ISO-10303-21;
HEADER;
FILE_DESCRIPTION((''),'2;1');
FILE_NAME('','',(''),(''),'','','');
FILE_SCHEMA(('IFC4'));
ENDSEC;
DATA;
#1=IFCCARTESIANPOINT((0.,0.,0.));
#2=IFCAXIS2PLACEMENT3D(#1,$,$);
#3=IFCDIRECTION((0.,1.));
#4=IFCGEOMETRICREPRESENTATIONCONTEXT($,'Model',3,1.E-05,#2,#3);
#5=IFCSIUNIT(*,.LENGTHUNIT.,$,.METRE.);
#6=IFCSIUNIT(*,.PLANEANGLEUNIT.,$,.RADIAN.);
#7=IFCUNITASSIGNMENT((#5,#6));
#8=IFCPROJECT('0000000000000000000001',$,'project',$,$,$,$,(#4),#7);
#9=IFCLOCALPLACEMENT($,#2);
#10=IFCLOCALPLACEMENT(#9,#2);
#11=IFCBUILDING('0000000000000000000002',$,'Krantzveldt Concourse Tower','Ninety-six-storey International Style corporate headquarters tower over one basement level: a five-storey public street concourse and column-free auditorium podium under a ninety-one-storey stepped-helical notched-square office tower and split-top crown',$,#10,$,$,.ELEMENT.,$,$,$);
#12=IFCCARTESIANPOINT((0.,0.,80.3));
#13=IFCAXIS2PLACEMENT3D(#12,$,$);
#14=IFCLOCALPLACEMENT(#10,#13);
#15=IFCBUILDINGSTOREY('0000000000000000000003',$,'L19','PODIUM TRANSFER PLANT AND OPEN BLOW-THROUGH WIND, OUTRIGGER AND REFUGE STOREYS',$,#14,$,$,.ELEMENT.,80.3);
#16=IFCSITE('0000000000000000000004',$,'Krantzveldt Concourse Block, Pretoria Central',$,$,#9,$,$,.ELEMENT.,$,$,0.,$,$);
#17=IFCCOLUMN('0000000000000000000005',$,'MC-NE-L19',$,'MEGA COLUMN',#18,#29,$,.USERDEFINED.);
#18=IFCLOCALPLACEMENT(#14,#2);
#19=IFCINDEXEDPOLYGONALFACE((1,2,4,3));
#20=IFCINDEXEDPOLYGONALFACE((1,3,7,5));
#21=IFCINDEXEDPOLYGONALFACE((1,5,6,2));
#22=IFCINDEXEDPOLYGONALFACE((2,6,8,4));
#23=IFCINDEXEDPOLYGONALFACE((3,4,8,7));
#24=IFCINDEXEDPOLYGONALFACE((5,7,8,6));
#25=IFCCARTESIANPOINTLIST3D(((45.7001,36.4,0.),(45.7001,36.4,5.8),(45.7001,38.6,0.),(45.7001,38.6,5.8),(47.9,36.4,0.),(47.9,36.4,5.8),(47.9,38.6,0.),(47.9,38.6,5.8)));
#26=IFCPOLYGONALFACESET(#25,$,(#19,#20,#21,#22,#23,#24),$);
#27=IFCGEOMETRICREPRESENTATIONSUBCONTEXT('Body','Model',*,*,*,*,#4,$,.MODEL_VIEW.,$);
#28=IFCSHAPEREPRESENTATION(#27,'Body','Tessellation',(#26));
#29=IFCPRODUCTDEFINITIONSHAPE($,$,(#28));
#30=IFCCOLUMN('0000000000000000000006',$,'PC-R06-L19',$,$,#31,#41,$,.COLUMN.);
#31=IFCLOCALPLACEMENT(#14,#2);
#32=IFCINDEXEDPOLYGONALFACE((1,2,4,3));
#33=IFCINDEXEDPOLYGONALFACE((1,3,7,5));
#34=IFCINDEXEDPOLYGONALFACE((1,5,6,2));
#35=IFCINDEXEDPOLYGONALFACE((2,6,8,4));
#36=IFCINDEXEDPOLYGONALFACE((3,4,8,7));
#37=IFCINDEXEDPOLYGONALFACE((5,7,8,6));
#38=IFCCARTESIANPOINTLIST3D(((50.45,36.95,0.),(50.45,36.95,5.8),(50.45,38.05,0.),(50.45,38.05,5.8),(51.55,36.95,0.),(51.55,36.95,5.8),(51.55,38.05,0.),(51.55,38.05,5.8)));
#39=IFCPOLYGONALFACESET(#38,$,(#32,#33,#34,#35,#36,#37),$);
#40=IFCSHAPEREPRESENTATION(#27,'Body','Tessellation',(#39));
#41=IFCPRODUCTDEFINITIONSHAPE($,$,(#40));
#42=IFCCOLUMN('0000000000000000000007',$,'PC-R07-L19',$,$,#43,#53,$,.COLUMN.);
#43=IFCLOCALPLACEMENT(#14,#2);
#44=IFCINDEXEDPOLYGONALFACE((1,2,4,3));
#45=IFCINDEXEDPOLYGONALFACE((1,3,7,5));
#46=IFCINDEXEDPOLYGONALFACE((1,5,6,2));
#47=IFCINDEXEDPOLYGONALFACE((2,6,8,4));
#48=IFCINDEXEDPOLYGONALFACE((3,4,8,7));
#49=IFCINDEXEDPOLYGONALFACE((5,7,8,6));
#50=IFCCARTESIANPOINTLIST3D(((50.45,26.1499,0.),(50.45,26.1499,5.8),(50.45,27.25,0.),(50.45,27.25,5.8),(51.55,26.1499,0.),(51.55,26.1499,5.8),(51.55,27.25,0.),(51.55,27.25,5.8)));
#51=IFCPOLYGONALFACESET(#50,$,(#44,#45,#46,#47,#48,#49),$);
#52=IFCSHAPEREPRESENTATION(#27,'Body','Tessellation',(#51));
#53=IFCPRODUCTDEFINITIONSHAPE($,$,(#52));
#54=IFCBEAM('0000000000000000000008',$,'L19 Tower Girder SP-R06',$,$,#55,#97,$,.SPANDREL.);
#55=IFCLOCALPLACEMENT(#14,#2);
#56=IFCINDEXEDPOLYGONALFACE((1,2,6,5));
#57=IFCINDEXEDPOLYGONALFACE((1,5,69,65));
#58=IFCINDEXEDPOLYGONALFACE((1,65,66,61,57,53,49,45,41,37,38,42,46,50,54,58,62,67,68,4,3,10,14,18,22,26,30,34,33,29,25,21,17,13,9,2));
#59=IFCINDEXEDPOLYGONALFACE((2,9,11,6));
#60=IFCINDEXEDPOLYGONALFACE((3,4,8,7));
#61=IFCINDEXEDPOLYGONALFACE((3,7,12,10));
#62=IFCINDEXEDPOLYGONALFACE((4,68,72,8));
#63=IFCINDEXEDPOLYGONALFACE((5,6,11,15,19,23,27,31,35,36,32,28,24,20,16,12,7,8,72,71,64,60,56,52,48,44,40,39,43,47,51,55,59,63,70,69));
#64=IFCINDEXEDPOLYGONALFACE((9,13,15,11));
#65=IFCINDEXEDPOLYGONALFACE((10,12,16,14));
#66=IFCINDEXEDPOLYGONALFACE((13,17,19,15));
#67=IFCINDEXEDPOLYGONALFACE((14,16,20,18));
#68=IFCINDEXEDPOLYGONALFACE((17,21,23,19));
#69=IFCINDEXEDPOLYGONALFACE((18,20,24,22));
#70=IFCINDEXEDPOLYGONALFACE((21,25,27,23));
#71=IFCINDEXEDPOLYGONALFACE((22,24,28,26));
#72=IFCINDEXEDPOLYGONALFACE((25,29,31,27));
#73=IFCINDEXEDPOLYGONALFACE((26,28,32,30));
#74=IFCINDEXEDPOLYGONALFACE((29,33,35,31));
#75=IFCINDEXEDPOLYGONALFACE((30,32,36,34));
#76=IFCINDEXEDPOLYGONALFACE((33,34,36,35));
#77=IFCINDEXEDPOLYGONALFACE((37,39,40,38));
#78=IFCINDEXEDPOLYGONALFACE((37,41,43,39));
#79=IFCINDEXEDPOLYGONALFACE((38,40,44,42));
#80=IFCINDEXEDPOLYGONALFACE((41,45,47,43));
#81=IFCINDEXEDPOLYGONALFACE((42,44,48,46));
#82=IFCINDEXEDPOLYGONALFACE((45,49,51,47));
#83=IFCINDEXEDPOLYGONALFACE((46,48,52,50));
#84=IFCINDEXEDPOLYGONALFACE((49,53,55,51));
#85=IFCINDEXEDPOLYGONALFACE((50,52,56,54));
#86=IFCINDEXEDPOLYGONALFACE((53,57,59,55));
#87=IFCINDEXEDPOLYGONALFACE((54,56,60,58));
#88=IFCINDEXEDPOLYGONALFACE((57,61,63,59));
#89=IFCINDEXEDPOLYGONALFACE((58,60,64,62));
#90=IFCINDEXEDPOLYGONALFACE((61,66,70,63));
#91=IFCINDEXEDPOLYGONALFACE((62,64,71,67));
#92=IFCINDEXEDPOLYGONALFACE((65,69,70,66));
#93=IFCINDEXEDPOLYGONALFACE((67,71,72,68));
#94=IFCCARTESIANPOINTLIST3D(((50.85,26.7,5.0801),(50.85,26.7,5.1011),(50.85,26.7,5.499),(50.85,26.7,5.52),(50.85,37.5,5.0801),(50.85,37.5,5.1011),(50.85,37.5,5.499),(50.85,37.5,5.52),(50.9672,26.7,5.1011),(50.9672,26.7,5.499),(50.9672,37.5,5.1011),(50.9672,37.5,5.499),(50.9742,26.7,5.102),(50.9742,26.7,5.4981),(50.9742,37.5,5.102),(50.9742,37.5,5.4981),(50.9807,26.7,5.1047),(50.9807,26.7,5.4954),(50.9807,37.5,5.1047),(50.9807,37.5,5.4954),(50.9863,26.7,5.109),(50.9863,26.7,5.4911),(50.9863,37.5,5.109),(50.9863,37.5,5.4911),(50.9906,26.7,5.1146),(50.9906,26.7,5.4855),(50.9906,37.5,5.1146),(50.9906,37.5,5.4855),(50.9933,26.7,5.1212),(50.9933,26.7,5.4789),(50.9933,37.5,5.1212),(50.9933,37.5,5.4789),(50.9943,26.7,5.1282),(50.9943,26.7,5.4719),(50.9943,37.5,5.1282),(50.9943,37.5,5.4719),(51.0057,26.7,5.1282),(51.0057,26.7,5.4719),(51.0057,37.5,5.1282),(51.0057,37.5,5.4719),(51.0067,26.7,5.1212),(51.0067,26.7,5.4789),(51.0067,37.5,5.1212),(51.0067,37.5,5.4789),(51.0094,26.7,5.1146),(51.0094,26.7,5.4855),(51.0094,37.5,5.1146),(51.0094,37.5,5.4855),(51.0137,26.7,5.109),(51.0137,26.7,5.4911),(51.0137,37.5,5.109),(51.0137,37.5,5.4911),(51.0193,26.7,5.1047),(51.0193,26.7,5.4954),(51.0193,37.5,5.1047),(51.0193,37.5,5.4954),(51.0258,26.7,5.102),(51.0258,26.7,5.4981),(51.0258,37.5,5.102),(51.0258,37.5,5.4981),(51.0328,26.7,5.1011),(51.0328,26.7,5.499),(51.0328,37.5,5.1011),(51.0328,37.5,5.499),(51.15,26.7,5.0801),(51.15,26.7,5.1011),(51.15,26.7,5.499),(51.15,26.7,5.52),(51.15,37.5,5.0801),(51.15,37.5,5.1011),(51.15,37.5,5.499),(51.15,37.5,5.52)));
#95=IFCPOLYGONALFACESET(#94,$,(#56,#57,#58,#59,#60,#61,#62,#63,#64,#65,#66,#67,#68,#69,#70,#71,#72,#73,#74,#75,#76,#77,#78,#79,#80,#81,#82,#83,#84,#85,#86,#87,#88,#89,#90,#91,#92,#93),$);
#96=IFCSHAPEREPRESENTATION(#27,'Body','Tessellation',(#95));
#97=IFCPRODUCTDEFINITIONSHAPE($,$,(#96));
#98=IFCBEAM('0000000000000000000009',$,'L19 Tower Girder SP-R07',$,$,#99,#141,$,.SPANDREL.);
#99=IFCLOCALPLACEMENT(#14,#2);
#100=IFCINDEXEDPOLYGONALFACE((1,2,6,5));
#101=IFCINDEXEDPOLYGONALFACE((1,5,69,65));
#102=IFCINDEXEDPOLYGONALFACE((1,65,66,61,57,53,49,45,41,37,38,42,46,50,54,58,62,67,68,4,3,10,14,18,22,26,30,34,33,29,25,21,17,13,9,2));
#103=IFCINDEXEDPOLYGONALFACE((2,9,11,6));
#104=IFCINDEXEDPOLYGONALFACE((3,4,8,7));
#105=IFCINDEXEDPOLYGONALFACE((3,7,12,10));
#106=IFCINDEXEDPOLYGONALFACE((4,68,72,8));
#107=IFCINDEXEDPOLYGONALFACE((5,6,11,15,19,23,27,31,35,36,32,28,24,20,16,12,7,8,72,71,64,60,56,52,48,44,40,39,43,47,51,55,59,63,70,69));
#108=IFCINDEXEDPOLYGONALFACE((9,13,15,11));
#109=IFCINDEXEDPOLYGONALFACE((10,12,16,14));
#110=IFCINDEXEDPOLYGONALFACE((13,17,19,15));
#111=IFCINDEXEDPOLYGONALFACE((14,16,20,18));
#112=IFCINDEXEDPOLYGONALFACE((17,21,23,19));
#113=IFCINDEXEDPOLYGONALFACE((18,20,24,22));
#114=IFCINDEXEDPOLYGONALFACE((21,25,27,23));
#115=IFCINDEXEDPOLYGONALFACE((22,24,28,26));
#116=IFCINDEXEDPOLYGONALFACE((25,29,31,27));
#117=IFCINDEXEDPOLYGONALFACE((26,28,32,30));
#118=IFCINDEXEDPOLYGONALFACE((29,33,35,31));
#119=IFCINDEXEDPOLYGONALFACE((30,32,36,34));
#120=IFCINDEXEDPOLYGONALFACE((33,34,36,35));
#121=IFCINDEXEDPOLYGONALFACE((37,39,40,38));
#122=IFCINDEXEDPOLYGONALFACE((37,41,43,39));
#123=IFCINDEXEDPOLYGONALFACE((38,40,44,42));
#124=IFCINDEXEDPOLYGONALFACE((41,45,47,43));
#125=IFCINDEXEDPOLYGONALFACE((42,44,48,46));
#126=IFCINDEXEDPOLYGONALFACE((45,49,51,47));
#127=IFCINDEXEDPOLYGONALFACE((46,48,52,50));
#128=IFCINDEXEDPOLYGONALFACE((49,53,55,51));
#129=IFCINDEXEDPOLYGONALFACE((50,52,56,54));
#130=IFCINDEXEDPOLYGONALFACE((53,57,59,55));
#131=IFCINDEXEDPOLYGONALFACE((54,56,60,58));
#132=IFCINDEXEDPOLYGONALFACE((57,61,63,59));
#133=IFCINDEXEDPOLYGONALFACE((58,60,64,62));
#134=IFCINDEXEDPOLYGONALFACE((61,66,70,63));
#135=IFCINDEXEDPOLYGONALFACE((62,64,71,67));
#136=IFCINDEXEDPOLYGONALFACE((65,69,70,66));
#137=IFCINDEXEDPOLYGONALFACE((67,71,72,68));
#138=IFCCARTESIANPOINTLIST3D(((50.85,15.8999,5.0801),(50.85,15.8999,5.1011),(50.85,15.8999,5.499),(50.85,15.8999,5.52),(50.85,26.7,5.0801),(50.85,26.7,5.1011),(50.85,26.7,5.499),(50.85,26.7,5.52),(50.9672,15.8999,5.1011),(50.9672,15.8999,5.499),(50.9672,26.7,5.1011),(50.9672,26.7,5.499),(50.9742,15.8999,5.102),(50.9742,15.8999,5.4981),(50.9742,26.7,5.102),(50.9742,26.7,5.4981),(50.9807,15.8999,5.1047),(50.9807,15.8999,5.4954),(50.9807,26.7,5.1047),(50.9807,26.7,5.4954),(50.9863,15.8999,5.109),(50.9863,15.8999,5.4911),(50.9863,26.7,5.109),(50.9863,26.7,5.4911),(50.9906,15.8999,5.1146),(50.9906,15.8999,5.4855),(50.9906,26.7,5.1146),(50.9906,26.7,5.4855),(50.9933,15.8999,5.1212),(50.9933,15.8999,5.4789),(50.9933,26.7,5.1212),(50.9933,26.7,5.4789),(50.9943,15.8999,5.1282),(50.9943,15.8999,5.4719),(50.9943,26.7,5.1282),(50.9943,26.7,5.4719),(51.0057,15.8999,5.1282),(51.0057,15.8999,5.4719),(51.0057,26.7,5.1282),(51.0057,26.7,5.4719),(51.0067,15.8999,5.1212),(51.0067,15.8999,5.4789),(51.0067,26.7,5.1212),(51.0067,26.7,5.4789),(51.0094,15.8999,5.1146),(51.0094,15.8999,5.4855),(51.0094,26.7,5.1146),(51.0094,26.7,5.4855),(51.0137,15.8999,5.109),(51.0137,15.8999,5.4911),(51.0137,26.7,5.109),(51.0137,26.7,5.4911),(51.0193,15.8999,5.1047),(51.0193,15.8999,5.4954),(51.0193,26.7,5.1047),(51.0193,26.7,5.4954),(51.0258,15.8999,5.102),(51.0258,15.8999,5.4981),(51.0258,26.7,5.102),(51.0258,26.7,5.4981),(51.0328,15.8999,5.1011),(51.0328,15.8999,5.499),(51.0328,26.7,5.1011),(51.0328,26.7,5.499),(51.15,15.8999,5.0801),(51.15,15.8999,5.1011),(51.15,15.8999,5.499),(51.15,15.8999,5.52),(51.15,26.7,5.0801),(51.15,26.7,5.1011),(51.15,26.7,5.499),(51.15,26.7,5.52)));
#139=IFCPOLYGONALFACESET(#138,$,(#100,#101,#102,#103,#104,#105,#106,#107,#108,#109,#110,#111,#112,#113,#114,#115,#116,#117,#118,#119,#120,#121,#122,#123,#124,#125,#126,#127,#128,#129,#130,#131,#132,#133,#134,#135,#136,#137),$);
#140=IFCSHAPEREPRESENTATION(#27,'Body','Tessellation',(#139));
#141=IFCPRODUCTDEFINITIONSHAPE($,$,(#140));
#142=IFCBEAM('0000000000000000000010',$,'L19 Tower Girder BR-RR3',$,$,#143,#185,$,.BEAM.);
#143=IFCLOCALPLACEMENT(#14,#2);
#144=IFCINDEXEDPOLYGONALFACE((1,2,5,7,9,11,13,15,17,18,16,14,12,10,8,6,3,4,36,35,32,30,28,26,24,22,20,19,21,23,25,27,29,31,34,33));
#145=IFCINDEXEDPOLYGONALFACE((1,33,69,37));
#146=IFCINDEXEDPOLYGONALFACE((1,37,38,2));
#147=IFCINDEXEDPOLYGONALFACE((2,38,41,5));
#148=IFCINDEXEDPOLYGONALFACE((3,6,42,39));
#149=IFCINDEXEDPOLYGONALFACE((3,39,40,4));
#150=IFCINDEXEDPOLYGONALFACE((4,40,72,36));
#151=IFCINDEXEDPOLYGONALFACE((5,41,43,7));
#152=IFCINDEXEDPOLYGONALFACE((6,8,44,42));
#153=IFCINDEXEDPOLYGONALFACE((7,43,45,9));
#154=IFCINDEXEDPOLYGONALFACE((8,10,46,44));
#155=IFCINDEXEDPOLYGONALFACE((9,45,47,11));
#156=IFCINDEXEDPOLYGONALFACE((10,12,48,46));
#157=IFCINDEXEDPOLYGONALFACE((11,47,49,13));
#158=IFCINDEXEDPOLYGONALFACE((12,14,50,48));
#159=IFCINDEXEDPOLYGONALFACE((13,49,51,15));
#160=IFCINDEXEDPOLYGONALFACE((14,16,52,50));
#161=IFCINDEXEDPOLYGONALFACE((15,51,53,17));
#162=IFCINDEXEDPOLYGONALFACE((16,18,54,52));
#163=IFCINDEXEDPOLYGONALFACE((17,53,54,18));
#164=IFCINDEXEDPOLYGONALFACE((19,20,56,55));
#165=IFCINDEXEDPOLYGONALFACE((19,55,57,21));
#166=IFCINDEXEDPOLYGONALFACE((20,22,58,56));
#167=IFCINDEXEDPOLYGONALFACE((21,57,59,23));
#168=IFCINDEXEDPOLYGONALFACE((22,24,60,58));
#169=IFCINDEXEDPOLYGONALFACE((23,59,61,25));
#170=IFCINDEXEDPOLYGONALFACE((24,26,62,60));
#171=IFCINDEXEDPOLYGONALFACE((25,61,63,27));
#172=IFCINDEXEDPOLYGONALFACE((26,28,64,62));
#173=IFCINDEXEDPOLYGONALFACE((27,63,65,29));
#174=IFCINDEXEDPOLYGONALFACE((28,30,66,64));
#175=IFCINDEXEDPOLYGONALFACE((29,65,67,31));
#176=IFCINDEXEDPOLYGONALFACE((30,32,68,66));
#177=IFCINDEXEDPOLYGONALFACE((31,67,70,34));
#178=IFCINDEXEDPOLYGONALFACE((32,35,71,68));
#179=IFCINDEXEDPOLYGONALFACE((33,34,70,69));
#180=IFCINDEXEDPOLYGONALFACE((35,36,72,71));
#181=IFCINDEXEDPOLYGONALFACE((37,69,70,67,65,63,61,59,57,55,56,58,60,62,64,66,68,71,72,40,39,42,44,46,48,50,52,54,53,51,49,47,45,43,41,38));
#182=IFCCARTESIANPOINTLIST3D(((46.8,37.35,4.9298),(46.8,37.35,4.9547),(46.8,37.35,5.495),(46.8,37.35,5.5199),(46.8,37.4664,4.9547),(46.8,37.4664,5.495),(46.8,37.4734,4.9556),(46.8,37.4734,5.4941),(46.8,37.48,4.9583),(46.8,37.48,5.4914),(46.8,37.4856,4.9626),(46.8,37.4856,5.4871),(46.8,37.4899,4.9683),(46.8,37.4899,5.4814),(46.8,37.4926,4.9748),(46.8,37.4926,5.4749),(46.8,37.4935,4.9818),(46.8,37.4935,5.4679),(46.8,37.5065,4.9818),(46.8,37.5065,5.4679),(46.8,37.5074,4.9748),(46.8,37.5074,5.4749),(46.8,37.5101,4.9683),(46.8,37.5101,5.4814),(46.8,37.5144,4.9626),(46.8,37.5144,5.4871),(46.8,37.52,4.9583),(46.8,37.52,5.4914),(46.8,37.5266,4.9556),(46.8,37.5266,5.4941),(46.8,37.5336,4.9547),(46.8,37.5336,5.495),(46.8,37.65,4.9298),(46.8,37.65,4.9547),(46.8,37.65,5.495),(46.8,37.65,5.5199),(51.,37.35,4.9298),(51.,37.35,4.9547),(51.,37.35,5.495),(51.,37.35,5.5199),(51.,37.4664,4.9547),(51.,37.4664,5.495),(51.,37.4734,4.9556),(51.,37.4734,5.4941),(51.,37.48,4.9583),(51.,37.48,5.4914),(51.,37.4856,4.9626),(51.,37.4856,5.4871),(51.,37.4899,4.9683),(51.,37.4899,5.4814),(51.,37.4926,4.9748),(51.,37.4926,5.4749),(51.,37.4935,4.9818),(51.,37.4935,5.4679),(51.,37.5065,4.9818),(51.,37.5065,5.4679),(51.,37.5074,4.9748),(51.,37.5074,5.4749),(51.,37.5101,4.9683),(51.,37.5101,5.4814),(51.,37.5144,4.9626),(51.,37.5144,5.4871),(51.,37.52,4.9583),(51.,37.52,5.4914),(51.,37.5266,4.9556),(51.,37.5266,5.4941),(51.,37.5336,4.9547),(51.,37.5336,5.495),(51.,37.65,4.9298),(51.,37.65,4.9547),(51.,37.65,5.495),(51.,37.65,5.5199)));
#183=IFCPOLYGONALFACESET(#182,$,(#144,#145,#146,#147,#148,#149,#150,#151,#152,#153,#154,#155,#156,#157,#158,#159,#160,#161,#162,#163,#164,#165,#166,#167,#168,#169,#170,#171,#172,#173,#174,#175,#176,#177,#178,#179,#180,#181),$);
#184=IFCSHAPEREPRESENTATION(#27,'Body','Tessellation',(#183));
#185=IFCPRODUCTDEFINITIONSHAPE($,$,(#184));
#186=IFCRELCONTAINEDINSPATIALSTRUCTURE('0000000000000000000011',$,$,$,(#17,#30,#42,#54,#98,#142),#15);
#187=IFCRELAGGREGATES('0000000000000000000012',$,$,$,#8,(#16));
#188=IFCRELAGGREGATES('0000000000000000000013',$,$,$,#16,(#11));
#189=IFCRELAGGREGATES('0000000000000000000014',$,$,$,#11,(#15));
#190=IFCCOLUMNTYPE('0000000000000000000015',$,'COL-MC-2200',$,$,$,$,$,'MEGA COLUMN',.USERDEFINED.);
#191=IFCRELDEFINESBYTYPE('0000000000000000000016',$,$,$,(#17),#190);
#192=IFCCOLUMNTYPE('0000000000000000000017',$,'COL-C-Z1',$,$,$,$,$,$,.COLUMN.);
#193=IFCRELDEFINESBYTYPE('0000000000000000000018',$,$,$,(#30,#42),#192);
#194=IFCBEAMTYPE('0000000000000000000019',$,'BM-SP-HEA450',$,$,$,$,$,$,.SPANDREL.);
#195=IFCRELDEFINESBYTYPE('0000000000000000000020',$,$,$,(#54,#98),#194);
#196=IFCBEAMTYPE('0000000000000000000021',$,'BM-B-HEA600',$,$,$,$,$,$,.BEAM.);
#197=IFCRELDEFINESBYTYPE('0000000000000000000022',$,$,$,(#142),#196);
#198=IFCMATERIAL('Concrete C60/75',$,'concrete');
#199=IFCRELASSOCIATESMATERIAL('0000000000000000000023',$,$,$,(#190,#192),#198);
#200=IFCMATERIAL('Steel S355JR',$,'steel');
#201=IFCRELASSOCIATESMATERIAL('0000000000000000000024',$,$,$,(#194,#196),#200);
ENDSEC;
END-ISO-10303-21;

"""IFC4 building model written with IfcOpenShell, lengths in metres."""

from ifc_helpers import new_model, si_unit, direction, frame, origin, origin_2d, place, context, subcontext, project, spatial, rectangle, i_section, extrude, source, transform, mapped, material, material_profile, profile_set, type_object, type_shapes, element, save


model = new_model("IFC4")

# Units and contexts
model_context = context("Model", 3, precision=1e-05, world=origin(), true_north=direction((0.0, 1.0)))
body_context = subcontext(model_context, "Body", "Model", "MODEL_VIEW")
ifc_project = project(units=[si_unit("LENGTHUNIT", "METRE"), si_unit("PLANEANGLEUNIT", "RADIAN")], contexts=[model_context])

# Site, building, storey
site_placement = place(None, origin())
site = spatial("IfcSite", under=ifc_project, at=site_placement, Name="Krantzveldt Concourse Block, Pretoria Central", CompositionType="ELEMENT", RefElevation=0.0)
building_placement = place(site_placement, origin())
building = spatial("IfcBuilding", under=site, at=building_placement, Name="Krantzveldt Concourse Tower", Description="Ninety-six-storey International Style corporate headquarters tower over one basement level: a five-storey public street concourse and column-free auditorium podium under a ninety-one-storey stepped-helical notched-square office tower and split-top crown", CompositionType="ELEMENT")
storey_placement = place(building_placement, frame((0.0, 0.0, 80.3)))
storey = spatial("IfcBuildingStorey", under=building, at=storey_placement, Name="L19", Description="PODIUM TRANSFER PLANT AND OPEN BLOW-THROUGH WIND, OUTRIGGER AND REFUGE STOREYS", CompositionType="ELEMENT", Elevation=80.3)

# Columns
ifc_material_1 = material(Name="Concrete C60/75", Category="concrete")
ifc_material_profile_1 = material_profile(ifc_material_1, rectangle(XDim=2.2, YDim=2.2, at=origin_2d()), Name="Concrete C60/75", Category="concrete")
ifc_profile_set_1 = profile_set([ifc_material_profile_1], Name="Concrete C60/75 - RC 2200x2200")
column_type_1 = type_object("IfcColumnType", Name="COL-MC-2200", ElementType="MEGA COLUMN", PredefinedType="USERDEFINED", material=ifc_profile_set_1)
shared_shape_1 = source(origin(), body_context, "Body", "SweptSolid", [
    extrude(rectangle(XDim=2.2, YDim=2.2, at=origin_2d()), origin(), (0.0, 0.0, 1.0), 5.8),
])
type_shapes(column_type_1, [shared_shape_1])
column_placement = place(storey_placement, frame((46.8, 37.5, 0.0), z_axis=(0.0, 0.0, 1.0), x_axis=(1.0, 0.0, 0.0)))
element("IfcColumn", 1, at=column_placement, inside=storey, type_object=column_type_1, Name="MC-NE-L19", ObjectType="MEGA COLUMN", PredefinedType="USERDEFINED", context=body_context, shape_type="MappedRepresentation", body=[
    mapped(shared_shape_1, transform((0.0, 0.0, 0.0), x_axis=(1.0, 0.0, 0.0), y_axis=(0.0, 1.0, 0.0), z_axis=(0.0, 0.0, 1.0), scale=1.0)),
])
ifc_material_profile_2 = material_profile(ifc_material_1, rectangle(XDim=1.1001, YDim=1.1001, at=origin_2d()), Name="Concrete C60/75", Category="concrete")
ifc_profile_set_2 = profile_set([ifc_material_profile_2], Name="Concrete C60/75 - RC 1100x1100")
column_type_2 = type_object("IfcColumnType", Name="COL-C-Z1", PredefinedType="COLUMN", material=ifc_profile_set_2)
shared_shape_2 = source(origin(), body_context, "Body", "SweptSolid", [
    extrude(rectangle(XDim=1.1001, YDim=1.1001, at=origin_2d()), origin(), (0.0, 0.0, 1.0), 5.8),
])
type_shapes(column_type_2, [shared_shape_2])
for number, where, z_axis, x_axis, name in (
    (2, (51.0, 37.5, 0.0), (0.0, 0.0, 1.0), (1.0, 0.0, 0.0), "PC-R06-L19"),
    (3, (51.0, 26.7, 0.0), (0.0, 0.0, 1.0), (1.0, 0.0, 0.0), "PC-R07-L19"),
):
    element("IfcColumn", number, at=place(storey_placement, frame(where, z_axis=z_axis, x_axis=x_axis)), inside=storey, type_object=column_type_2, Name=name, PredefinedType="COLUMN", context=body_context, shape_type="MappedRepresentation", body=[
        mapped(shared_shape_2, transform((0.0, 0.0, 0.0), x_axis=(1.0, 0.0, 0.0), y_axis=(0.0, 1.0, 0.0), z_axis=(0.0, 0.0, 1.0), scale=1.0)),
    ])

# Beams
ifc_material_2 = material(Name="Steel S355JR", Category="steel")
ifc_material_profile_3 = material_profile(ifc_material_2, i_section(OverallWidth=0.3, OverallDepth=0.4399, WebThickness=0.0115, FlangeThickness=0.021, FilletRadius=0.0271, at=origin_2d()), Name="Steel S355JR", Category="steel")
ifc_profile_set_3 = profile_set([ifc_material_profile_3], Name="Steel S355JR - HEA 450")
beam_type_1 = type_object("IfcBeamType", Name="BM-SP-HEA450", PredefinedType="SPANDREL", material=ifc_profile_set_3)
shared_shape_3 = source(origin(), body_context, "Body", "SweptSolid", [
    extrude(i_section(OverallWidth=0.3, OverallDepth=0.4399, WebThickness=0.0115, FlangeThickness=0.021, FilletRadius=0.0271, at=origin_2d()), origin(), (0.0, 0.0, 1.0), 10.8),
])
type_shapes(beam_type_1, [shared_shape_3])
for number, where, z_axis, x_axis, name in (
    (4, (51.0, 37.5, 5.3), (0.0, -1.0, 0.0), (1.0, 0.0, 0.0), "L19 Tower Girder SP-R06"),
    (5, (51.0, 26.7, 5.3), (0.0, -1.0, 0.0), (1.0, 0.0, 0.0), "L19 Tower Girder SP-R07"),
):
    element("IfcBeam", number, at=place(storey_placement, frame(where, z_axis=z_axis, x_axis=x_axis)), inside=storey, type_object=beam_type_1, Name=name, PredefinedType="SPANDREL", context=body_context, shape_type="MappedRepresentation", body=[
        mapped(shared_shape_3, transform((0.0, 0.0, 0.0), x_axis=(1.0, 0.0, 0.0), y_axis=(0.0, 1.0, 0.0), z_axis=(0.0, 0.0, 1.0), scale=1.0)),
    ])
ifc_material_profile_4 = material_profile(ifc_material_2, i_section(OverallWidth=0.3, OverallDepth=0.5901, WebThickness=0.0129, FlangeThickness=0.0249, FilletRadius=0.0271, at=origin_2d()), Name="Steel S355JR", Category="steel")
ifc_profile_set_4 = profile_set([ifc_material_profile_4], Name="Steel S355JR - HEA 600")
beam_type_2 = type_object("IfcBeamType", Name="BM-B-HEA600", PredefinedType="BEAM", material=ifc_profile_set_4)
shared_shape_4 = source(origin(), body_context, "Body", "SweptSolid", [
    extrude(i_section(OverallWidth=0.3, OverallDepth=0.5901, WebThickness=0.0129, FlangeThickness=0.0249, FilletRadius=0.0271, at=origin_2d()), origin(), (0.0, 0.0, 1.0), 4.2),
])
beam_1_placement = place(storey_placement, frame((46.8, 37.5, 5.2249), z_axis=(1.0, 0.0, 0.0), x_axis=(0.0, 1.0, 0.0)))
element("IfcBeam", 6, at=beam_1_placement, inside=storey, type_object=beam_type_2, Name="L19 Tower Girder BR-RR3", PredefinedType="BEAM", context=body_context, shape_type="MappedRepresentation", body=[
    mapped(shared_shape_4, transform((0.0, 0.0, 0.0), x_axis=(1.0, 0.0, 0.0), y_axis=(0.0, 1.0, 0.0), z_axis=(0.0, 0.0, 1.0), scale=1.0)),
])

save(model, "model.ifc")
